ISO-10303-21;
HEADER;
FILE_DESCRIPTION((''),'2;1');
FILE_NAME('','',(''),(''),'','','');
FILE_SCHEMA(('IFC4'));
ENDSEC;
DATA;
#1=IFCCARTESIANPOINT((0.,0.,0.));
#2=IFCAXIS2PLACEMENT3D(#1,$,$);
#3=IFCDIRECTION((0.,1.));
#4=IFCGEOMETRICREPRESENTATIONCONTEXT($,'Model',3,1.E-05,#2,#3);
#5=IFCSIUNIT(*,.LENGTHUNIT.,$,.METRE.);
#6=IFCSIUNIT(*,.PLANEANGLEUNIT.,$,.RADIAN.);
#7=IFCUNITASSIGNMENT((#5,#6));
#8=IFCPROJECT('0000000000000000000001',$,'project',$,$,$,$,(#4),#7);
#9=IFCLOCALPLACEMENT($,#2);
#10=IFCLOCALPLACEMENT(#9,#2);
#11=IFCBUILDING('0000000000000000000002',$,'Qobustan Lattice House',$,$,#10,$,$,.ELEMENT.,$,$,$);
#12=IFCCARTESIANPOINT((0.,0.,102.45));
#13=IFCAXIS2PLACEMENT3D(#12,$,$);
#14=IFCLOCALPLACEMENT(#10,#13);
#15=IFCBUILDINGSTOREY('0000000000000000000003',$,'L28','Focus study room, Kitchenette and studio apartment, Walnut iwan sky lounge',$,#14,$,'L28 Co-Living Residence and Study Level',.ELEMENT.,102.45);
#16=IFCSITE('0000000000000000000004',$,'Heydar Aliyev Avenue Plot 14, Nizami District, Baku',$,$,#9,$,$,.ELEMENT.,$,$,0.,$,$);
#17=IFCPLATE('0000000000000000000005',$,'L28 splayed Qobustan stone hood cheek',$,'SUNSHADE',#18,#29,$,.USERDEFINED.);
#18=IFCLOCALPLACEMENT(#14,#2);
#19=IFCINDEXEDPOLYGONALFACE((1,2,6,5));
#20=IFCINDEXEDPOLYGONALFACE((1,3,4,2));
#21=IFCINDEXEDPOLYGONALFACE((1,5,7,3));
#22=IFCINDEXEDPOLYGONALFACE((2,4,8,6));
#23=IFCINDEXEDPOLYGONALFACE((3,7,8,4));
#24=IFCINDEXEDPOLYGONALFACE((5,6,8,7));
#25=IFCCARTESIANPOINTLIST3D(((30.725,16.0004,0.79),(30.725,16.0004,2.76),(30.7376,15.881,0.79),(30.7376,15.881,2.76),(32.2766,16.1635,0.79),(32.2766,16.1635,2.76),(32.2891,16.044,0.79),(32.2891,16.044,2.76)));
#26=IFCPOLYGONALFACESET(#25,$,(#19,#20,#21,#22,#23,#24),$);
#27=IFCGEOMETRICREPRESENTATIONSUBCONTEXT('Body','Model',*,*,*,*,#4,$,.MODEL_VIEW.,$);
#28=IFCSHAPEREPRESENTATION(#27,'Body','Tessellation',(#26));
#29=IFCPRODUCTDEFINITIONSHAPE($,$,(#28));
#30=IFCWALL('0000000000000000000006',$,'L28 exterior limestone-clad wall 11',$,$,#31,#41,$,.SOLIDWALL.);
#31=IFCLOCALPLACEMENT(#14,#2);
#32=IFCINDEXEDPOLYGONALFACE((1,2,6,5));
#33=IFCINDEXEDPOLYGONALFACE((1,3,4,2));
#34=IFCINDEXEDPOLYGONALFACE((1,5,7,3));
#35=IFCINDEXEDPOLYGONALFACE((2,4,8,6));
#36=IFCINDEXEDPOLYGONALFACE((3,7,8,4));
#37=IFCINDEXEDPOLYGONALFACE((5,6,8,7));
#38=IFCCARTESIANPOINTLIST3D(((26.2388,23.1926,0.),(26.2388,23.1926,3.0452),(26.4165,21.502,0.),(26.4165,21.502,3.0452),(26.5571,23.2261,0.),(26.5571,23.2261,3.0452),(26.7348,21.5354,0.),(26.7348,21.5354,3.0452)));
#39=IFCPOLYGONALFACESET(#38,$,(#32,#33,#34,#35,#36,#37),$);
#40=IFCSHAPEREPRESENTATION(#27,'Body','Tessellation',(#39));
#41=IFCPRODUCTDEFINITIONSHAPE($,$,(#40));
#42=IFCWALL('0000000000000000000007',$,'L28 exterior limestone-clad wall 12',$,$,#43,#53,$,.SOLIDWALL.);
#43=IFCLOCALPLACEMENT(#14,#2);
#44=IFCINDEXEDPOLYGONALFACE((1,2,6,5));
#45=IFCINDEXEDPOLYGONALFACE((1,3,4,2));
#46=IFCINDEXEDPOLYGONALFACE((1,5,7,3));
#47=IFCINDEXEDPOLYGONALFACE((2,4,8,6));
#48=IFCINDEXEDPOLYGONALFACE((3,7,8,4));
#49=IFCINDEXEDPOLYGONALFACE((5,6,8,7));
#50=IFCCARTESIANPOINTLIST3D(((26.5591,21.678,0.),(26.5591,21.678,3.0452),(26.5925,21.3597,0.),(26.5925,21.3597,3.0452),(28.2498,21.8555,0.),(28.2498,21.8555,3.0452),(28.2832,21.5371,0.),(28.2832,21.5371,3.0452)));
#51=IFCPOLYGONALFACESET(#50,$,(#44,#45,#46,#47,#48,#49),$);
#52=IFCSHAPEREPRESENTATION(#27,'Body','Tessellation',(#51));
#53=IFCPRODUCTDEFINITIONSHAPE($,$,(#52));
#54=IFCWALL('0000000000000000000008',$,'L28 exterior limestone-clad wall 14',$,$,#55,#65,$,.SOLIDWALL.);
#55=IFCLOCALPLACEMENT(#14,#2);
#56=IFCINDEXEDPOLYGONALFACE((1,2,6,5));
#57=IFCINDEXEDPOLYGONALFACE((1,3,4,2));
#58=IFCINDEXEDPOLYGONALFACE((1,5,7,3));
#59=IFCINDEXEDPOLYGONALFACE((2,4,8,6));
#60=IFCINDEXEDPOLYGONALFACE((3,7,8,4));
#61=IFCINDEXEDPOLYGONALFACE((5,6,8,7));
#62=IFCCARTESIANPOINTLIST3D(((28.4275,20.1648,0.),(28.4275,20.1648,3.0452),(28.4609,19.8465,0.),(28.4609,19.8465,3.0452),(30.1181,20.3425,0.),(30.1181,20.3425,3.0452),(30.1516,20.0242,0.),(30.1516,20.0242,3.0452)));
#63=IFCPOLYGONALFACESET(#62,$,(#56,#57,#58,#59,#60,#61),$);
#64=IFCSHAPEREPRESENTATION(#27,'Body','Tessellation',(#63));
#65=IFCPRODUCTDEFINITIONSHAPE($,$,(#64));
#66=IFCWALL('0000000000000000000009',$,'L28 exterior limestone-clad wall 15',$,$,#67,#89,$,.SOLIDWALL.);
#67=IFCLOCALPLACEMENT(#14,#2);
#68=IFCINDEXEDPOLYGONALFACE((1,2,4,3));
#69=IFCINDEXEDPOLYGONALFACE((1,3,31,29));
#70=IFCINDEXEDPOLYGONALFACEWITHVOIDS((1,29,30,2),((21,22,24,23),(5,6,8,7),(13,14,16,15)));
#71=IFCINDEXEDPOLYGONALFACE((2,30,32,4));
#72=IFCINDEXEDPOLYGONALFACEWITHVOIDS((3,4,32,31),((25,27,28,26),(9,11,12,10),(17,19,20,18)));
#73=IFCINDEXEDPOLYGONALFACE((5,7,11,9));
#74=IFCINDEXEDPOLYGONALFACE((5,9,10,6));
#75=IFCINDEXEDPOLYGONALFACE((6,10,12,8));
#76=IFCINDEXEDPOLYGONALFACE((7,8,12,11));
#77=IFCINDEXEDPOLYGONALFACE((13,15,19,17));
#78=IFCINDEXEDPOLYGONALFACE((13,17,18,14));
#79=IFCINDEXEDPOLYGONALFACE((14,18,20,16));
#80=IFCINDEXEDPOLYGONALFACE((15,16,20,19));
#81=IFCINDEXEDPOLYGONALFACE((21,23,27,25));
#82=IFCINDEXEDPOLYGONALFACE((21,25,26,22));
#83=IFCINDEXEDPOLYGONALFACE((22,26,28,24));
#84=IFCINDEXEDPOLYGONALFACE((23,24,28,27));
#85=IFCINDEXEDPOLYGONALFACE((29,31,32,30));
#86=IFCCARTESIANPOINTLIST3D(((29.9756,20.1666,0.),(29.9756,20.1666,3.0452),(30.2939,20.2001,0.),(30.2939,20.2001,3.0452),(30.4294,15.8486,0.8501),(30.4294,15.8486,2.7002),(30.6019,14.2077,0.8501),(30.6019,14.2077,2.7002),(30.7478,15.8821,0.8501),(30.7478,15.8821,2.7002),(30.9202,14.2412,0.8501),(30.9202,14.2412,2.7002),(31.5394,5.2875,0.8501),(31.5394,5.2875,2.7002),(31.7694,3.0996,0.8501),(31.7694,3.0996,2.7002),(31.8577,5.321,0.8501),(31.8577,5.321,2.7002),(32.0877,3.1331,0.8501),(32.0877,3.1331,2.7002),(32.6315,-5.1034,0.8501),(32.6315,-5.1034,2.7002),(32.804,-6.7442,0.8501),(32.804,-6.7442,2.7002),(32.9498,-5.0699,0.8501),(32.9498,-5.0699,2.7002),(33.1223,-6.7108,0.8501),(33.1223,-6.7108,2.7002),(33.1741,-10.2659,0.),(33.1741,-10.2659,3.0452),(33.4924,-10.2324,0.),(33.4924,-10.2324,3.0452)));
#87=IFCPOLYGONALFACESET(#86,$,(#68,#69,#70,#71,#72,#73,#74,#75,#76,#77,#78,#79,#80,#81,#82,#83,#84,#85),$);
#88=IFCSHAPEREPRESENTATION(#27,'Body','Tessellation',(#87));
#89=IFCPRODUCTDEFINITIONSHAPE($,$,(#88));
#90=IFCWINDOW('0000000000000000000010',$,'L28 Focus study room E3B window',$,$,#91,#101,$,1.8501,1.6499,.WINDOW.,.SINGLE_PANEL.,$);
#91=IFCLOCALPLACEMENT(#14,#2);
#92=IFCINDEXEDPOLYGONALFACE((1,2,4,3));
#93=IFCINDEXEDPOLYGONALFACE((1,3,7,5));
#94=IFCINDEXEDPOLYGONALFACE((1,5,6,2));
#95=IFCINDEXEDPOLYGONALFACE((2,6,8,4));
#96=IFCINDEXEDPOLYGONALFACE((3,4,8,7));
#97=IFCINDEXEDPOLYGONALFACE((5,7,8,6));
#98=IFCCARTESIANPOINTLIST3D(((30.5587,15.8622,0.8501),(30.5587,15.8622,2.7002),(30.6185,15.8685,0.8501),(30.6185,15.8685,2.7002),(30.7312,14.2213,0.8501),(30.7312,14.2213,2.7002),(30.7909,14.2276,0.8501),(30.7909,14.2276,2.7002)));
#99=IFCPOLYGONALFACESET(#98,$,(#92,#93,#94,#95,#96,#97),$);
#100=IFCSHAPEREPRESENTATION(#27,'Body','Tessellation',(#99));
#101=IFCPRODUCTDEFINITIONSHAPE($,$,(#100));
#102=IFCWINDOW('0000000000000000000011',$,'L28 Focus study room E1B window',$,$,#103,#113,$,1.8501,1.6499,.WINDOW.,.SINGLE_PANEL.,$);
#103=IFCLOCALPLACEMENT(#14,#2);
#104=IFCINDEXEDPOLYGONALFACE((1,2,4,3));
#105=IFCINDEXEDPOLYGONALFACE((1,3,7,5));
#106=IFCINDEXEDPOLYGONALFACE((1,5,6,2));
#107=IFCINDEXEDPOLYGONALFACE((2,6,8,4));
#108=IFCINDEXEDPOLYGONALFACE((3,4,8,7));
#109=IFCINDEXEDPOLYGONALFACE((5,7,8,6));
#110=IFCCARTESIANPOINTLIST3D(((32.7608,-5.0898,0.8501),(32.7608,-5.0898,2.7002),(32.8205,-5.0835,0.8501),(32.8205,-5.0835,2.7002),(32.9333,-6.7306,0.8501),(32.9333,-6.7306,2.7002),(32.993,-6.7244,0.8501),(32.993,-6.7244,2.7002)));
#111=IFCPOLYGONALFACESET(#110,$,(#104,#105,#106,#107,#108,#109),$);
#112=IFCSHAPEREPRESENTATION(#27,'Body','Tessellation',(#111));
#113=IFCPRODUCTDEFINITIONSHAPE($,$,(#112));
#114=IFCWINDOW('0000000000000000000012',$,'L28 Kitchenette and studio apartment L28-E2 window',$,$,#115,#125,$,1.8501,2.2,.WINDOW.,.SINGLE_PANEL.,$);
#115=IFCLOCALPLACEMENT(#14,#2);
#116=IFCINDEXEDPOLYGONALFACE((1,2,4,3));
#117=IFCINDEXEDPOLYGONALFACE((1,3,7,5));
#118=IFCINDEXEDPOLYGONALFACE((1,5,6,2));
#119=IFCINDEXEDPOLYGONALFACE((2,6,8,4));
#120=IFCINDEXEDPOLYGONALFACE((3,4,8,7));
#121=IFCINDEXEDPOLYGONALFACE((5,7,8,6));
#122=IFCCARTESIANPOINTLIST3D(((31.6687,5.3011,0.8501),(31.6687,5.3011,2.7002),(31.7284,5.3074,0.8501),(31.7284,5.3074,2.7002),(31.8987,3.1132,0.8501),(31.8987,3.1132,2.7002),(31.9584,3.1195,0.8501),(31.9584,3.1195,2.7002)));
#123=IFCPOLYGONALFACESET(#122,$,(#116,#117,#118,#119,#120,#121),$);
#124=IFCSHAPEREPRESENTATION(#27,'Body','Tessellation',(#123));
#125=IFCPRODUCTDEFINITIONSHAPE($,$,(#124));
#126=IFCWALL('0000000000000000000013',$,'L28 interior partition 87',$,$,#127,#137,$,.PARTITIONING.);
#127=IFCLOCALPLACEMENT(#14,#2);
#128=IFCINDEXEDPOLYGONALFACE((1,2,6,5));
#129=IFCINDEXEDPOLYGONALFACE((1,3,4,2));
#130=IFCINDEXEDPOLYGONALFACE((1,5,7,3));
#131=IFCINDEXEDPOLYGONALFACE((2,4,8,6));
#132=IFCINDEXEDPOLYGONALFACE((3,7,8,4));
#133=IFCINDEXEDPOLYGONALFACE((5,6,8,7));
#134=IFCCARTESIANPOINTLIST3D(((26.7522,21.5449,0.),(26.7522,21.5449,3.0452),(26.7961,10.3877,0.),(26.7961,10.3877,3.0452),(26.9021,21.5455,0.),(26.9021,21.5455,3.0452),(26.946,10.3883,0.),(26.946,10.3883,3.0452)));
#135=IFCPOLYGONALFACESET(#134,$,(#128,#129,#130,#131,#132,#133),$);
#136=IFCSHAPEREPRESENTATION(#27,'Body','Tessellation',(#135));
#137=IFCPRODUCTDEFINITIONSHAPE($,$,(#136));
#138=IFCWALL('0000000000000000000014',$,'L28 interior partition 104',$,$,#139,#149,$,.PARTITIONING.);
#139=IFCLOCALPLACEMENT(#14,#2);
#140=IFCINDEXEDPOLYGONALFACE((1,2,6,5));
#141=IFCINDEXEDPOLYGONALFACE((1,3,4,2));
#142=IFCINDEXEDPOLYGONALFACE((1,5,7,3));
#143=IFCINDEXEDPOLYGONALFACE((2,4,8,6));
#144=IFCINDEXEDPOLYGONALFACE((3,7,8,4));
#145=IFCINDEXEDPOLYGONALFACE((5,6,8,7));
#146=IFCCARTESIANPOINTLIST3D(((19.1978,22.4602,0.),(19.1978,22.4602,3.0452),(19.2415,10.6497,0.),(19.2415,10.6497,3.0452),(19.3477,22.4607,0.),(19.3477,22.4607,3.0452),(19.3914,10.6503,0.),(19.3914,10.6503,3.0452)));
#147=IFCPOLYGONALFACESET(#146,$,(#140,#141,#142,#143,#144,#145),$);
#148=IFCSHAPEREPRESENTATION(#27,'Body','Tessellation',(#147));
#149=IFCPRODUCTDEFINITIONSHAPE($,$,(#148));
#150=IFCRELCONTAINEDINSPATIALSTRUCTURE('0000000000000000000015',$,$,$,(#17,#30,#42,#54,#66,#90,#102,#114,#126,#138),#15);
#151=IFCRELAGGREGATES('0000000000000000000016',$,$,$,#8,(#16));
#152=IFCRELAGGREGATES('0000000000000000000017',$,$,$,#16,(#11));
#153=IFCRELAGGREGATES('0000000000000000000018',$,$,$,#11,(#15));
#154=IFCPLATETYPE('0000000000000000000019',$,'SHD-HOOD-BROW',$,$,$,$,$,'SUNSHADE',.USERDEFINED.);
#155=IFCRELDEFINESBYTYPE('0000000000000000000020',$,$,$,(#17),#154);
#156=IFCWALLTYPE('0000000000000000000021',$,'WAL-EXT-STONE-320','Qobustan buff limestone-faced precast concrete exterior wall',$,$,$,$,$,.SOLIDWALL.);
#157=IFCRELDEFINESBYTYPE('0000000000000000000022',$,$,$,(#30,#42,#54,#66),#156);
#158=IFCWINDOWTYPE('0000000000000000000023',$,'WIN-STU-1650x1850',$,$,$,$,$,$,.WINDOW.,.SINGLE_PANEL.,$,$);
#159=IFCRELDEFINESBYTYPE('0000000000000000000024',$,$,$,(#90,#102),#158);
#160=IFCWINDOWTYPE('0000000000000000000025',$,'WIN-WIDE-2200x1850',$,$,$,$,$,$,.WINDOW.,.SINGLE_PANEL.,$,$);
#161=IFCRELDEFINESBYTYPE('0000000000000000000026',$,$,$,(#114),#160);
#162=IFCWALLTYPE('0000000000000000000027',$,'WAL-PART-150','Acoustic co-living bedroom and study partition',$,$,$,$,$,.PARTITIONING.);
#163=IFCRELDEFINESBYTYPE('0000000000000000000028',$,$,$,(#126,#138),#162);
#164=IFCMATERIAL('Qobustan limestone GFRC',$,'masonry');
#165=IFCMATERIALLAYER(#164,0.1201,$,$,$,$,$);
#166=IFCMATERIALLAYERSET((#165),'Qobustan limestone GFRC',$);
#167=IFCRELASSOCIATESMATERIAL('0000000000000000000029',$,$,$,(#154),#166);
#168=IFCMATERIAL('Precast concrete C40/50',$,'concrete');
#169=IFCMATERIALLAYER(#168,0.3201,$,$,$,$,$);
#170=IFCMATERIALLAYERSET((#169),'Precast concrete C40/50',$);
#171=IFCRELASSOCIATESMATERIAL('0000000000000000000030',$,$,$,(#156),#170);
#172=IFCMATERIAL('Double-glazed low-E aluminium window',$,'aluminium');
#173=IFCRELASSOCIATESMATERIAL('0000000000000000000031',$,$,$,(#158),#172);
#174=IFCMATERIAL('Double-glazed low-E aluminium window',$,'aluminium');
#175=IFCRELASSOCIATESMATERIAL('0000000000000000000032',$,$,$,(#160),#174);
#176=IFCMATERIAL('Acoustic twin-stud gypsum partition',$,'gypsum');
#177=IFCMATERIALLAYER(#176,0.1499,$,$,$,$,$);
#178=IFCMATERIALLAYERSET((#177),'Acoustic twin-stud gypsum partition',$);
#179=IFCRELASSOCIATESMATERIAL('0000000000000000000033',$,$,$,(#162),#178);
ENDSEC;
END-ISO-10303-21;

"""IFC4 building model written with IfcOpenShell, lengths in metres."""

from ifc_helpers import new_model, si_unit, direction, frame, frame_2d, origin, origin_2d, place, context, subcontext, project, spatial, rectangle, extrude, material, layer, layer_set, type_object, element, fill, save


model = new_model("IFC4")

# Units and contexts
model_context = context("Model", 3, precision=1e-05, world=origin(), true_north=direction((0.0, 1.0)))
body_context = subcontext(model_context, "Body", "Model", "MODEL_VIEW")
ifc_project = project(units=[si_unit("LENGTHUNIT", "METRE"), si_unit("PLANEANGLEUNIT", "RADIAN")], contexts=[model_context])

# Site, building, storey
site_placement = place(None, origin())
site = spatial("IfcSite", under=ifc_project, at=site_placement, Name="Heydar Aliyev Avenue Plot 14, Nizami District, Baku", CompositionType="ELEMENT", RefElevation=0.0)
building_placement = place(site_placement, origin())
building = spatial("IfcBuilding", under=site, at=building_placement, Name="Qobustan Lattice House", CompositionType="ELEMENT")
storey_placement = place(building_placement, frame((0.0, 0.0, 102.45)))
storey = spatial("IfcBuildingStorey", under=building, at=storey_placement, Name="L28", Description="Focus study room, Kitchenette and studio apartment, Walnut iwan sky lounge", LongName="L28 Co-Living Residence and Study Level", CompositionType="ELEMENT", Elevation=102.45)

# Plate
ifc_material_1 = material(Name="Qobustan limestone GFRC", Category="masonry")
ifc_layer_1 = layer(ifc_material_1, 0.1201)
ifc_layer_set_1 = layer_set([ifc_layer_1], Name="Qobustan limestone GFRC")
plate_type_1 = type_object("IfcPlateType", Name="SHD-HOOD-BROW", ElementType="SUNSHADE", PredefinedType="USERDEFINED", material=ifc_layer_set_1)
plate_1_placement = place(storey_placement, frame((31.5071, 16.0222, 0.79), z_axis=(0.0, 0.0, 1.0), x_axis=(0.104528, -0.994522, 0.0)))
element("IfcPlate", 1, at=plate_1_placement, inside=storey, type_object=plate_type_1, Name="L28 splayed Qobustan stone hood cheek", ObjectType="SUNSHADE", PredefinedType="USERDEFINED", context=body_context, shape_type="SweptSolid", body=[
    extrude(rectangle(XDim=0.1201, YDim=1.5601, at=origin_2d()), origin(), (0.0, 0.0, 1.0), 1.97),
])

# Walls
ifc_material_2 = material(Name="Precast concrete C40/50", Category="concrete")
ifc_layer_2 = layer(ifc_material_2, 0.3201)
ifc_layer_set_2 = layer_set([ifc_layer_2], Name="Precast concrete C40/50")
wall_type_1 = type_object("IfcWallType", Name="WAL-EXT-STONE-320", Description="Qobustan buff limestone-faced precast concrete exterior wall", PredefinedType="SOLIDWALL", material=ifc_layer_set_2)
for number, where, z_axis, x_axis, name in (
    (2, (26.3979, 23.2095, 0.0), (0.0, 0.0, 1.0), (0.10455, -0.99452, 0.0), "L28 exterior limestone-clad wall 11"),
    (3, (26.5757, 21.5188, 0.0), (0.0, 0.0, 1.0), (0.994535, 0.104408, 0.0), "L28 exterior limestone-clad wall 12"),
    (4, (28.4441, 20.0056, 0.0), (0.0, 0.0, 1.0), (0.99452, 0.10455, 0.0), "L28 exterior limestone-clad wall 14"),
):
    element("IfcWall", number, at=place(storey_placement, frame(where, z_axis=z_axis, x_axis=x_axis)), inside=storey, type_object=wall_type_1, Name=name, PredefinedType="SOLIDWALL", context=body_context, shape_type="SweptSolid", body=[
        extrude(rectangle(XDim=1.7, YDim=0.3201, at=frame_2d((0.8501, 0.0))), origin(), (0.0, 0.0, 1.0), 3.0452),
    ])

# Wall, openings, windows
wall_1_placement = place(storey_placement, frame((30.1348, 20.1833, 0.0), z_axis=(0.0, 0.0, 1.0), x_axis=(0.104526, -0.994522, 0.0)))
wall_1 = element("IfcWall", 5, at=wall_1_placement, inside=storey, type_object=wall_type_1, Name="L28 exterior limestone-clad wall 15", PredefinedType="SOLIDWALL", context=body_context, shape_type="SweptSolid", body=[
    extrude(rectangle(XDim=30.6001, YDim=0.3201, at=frame_2d((15.3, 0.0))), origin(), (0.0, 0.0, 1.0), 3.0452),
])
opening_1_placement = place(wall_1_placement, frame((4.3418, 0.0, 0.8501)))
opening_1 = element("IfcOpeningElement", 6, at=opening_1_placement, cuts=wall_1, PredefinedType="OPENING", context=body_context, shape_type="SweptSolid", body=[
    extrude(rectangle(XDim=1.6499, YDim=1.8501, at=frame_2d((0.825, 0.925))), frame((0.0, 0.1699, 0.0), z_axis=(0.0, -1.0, 0.0), x_axis=(1.0, 0.0, 0.0)), (0.0, 0.0, 1.0), 0.3401),
])
opening_2_placement = place(wall_1_placement, frame((14.9609, 0.0, 0.8501)))
opening_2 = element("IfcOpeningElement", 7, at=opening_2_placement, cuts=wall_1, PredefinedType="OPENING", context=body_context, shape_type="SweptSolid", body=[
    extrude(rectangle(XDim=2.2, YDim=1.8501, at=frame_2d((1.1001, 0.925))), frame((0.0, 0.1699, 0.0), z_axis=(0.0, -1.0, 0.0), x_axis=(1.0, 0.0, 0.0)), (0.0, 0.0, 1.0), 0.3401),
])
opening_3_placement = place(wall_1_placement, frame((25.4092, 0.0, 0.8501)))
opening_3 = element("IfcOpeningElement", 8, at=opening_3_placement, cuts=wall_1, PredefinedType="OPENING", context=body_context, shape_type="SweptSolid", body=[
    extrude(rectangle(XDim=1.6499, YDim=1.8501, at=frame_2d((0.825, 0.925))), frame((0.0, 0.1699, 0.0), z_axis=(0.0, -1.0, 0.0), x_axis=(1.0, 0.0, 0.0)), (0.0, 0.0, 1.0), 0.3401),
])
ifc_material_3 = material(Name="Double-glazed low-E aluminium window", Category="aluminium")
window_type_1 = type_object("IfcWindowType", Name="WIN-STU-1650x1850", PartitioningType="SINGLE_PANEL", PredefinedType="WINDOW", material=ifc_material_3)
window_1_placement = place(opening_1_placement, origin())
window_1 = element("IfcWindow", 9, at=window_1_placement, inside=storey, type_object=window_type_1, Name="L28 Focus study room E3B window", OverallHeight=1.8501, OverallWidth=1.6499, PartitioningType="SINGLE_PANEL", PredefinedType="WINDOW", context=body_context, shape_type="SweptSolid", body=[
    extrude(rectangle(XDim=1.6499, YDim=1.8501, at=frame_2d((0.825, 0.925))), frame((0.0, 0.03, 0.0), z_axis=(0.0, -1.0, 0.0), x_axis=(1.0, 0.0, 0.0)), (0.0, 0.0, 1.0), 0.0601),
])
fill(opening_1, window_1)
window_2_placement = place(opening_3_placement, origin())
window_2 = element("IfcWindow", 10, at=window_2_placement, inside=storey, type_object=window_type_1, Name="L28 Focus study room E1B window", OverallHeight=1.8501, OverallWidth=1.6499, PartitioningType="SINGLE_PANEL", PredefinedType="WINDOW", context=body_context, shape_type="SweptSolid", body=[
    extrude(rectangle(XDim=1.6499, YDim=1.8501, at=frame_2d((0.825, 0.925))), frame((0.0, 0.03, 0.0), z_axis=(0.0, -1.0, 0.0), x_axis=(1.0, 0.0, 0.0)), (0.0, 0.0, 1.0), 0.0601),
])
fill(opening_3, window_2)
ifc_material_4 = material(Name="Double-glazed low-E aluminium window", Category="aluminium")
window_type_2 = type_object("IfcWindowType", Name="WIN-WIDE-2200x1850", PartitioningType="SINGLE_PANEL", PredefinedType="WINDOW", material=ifc_material_4)
window_3_placement = place(opening_2_placement, origin())
window_3 = element("IfcWindow", 11, at=window_3_placement, inside=storey, type_object=window_type_2, Name="L28 Kitchenette and studio apartment L28-E2 window", OverallHeight=1.8501, OverallWidth=2.2, PartitioningType="SINGLE_PANEL", PredefinedType="WINDOW", context=body_context, shape_type="SweptSolid", body=[
    extrude(rectangle(XDim=2.2, YDim=1.8501, at=frame_2d((1.1001, 0.925))), frame((0.0, 0.03, 0.0), z_axis=(0.0, -1.0, 0.0), x_axis=(1.0, 0.0, 0.0)), (0.0, 0.0, 1.0), 0.0601),
])
fill(opening_2, window_3)

# Walls
ifc_material_5 = material(Name="Acoustic twin-stud gypsum partition", Category="gypsum")
ifc_layer_3 = layer(ifc_material_5, 0.1499)
ifc_layer_set_3 = layer_set([ifc_layer_3], Name="Acoustic twin-stud gypsum partition")
wall_type_2 = type_object("IfcWallType", Name="WAL-PART-150", Description="Acoustic co-living bedroom and study partition", PredefinedType="PARTITIONING", material=ifc_layer_set_3)
wall_2_placement = place(storey_placement, frame((26.8271, 21.5452, 0.0), z_axis=(0.0, 0.0, 1.0), x_axis=(0.003939, -0.999992, 0.0)))
element("IfcWall", 12, at=wall_2_placement, inside=storey, type_object=wall_type_2, Name="L28 interior partition 87", PredefinedType="PARTITIONING", context=body_context, shape_type="SweptSolid", body=[
    extrude(rectangle(XDim=11.1572, YDim=0.1499, at=frame_2d((5.5786, 0.0))), origin(), (0.0, 0.0, 1.0), 3.0452),
])
wall_3_placement = place(storey_placement, frame((19.2727, 22.4604, 0.0), z_axis=(0.0, 0.0, 1.0), x_axis=(0.0037, -0.999993, 0.0)))
element("IfcWall", 13, at=wall_3_placement, inside=storey, type_object=wall_type_2, Name="L28 interior partition 104", PredefinedType="PARTITIONING", context=body_context, shape_type="SweptSolid", body=[
    extrude(rectangle(XDim=11.8105, YDim=0.1499, at=frame_2d((5.9053, 0.0))), origin(), (0.0, 0.0, 1.0), 3.0452),
])

save(model, "model.ifc")
